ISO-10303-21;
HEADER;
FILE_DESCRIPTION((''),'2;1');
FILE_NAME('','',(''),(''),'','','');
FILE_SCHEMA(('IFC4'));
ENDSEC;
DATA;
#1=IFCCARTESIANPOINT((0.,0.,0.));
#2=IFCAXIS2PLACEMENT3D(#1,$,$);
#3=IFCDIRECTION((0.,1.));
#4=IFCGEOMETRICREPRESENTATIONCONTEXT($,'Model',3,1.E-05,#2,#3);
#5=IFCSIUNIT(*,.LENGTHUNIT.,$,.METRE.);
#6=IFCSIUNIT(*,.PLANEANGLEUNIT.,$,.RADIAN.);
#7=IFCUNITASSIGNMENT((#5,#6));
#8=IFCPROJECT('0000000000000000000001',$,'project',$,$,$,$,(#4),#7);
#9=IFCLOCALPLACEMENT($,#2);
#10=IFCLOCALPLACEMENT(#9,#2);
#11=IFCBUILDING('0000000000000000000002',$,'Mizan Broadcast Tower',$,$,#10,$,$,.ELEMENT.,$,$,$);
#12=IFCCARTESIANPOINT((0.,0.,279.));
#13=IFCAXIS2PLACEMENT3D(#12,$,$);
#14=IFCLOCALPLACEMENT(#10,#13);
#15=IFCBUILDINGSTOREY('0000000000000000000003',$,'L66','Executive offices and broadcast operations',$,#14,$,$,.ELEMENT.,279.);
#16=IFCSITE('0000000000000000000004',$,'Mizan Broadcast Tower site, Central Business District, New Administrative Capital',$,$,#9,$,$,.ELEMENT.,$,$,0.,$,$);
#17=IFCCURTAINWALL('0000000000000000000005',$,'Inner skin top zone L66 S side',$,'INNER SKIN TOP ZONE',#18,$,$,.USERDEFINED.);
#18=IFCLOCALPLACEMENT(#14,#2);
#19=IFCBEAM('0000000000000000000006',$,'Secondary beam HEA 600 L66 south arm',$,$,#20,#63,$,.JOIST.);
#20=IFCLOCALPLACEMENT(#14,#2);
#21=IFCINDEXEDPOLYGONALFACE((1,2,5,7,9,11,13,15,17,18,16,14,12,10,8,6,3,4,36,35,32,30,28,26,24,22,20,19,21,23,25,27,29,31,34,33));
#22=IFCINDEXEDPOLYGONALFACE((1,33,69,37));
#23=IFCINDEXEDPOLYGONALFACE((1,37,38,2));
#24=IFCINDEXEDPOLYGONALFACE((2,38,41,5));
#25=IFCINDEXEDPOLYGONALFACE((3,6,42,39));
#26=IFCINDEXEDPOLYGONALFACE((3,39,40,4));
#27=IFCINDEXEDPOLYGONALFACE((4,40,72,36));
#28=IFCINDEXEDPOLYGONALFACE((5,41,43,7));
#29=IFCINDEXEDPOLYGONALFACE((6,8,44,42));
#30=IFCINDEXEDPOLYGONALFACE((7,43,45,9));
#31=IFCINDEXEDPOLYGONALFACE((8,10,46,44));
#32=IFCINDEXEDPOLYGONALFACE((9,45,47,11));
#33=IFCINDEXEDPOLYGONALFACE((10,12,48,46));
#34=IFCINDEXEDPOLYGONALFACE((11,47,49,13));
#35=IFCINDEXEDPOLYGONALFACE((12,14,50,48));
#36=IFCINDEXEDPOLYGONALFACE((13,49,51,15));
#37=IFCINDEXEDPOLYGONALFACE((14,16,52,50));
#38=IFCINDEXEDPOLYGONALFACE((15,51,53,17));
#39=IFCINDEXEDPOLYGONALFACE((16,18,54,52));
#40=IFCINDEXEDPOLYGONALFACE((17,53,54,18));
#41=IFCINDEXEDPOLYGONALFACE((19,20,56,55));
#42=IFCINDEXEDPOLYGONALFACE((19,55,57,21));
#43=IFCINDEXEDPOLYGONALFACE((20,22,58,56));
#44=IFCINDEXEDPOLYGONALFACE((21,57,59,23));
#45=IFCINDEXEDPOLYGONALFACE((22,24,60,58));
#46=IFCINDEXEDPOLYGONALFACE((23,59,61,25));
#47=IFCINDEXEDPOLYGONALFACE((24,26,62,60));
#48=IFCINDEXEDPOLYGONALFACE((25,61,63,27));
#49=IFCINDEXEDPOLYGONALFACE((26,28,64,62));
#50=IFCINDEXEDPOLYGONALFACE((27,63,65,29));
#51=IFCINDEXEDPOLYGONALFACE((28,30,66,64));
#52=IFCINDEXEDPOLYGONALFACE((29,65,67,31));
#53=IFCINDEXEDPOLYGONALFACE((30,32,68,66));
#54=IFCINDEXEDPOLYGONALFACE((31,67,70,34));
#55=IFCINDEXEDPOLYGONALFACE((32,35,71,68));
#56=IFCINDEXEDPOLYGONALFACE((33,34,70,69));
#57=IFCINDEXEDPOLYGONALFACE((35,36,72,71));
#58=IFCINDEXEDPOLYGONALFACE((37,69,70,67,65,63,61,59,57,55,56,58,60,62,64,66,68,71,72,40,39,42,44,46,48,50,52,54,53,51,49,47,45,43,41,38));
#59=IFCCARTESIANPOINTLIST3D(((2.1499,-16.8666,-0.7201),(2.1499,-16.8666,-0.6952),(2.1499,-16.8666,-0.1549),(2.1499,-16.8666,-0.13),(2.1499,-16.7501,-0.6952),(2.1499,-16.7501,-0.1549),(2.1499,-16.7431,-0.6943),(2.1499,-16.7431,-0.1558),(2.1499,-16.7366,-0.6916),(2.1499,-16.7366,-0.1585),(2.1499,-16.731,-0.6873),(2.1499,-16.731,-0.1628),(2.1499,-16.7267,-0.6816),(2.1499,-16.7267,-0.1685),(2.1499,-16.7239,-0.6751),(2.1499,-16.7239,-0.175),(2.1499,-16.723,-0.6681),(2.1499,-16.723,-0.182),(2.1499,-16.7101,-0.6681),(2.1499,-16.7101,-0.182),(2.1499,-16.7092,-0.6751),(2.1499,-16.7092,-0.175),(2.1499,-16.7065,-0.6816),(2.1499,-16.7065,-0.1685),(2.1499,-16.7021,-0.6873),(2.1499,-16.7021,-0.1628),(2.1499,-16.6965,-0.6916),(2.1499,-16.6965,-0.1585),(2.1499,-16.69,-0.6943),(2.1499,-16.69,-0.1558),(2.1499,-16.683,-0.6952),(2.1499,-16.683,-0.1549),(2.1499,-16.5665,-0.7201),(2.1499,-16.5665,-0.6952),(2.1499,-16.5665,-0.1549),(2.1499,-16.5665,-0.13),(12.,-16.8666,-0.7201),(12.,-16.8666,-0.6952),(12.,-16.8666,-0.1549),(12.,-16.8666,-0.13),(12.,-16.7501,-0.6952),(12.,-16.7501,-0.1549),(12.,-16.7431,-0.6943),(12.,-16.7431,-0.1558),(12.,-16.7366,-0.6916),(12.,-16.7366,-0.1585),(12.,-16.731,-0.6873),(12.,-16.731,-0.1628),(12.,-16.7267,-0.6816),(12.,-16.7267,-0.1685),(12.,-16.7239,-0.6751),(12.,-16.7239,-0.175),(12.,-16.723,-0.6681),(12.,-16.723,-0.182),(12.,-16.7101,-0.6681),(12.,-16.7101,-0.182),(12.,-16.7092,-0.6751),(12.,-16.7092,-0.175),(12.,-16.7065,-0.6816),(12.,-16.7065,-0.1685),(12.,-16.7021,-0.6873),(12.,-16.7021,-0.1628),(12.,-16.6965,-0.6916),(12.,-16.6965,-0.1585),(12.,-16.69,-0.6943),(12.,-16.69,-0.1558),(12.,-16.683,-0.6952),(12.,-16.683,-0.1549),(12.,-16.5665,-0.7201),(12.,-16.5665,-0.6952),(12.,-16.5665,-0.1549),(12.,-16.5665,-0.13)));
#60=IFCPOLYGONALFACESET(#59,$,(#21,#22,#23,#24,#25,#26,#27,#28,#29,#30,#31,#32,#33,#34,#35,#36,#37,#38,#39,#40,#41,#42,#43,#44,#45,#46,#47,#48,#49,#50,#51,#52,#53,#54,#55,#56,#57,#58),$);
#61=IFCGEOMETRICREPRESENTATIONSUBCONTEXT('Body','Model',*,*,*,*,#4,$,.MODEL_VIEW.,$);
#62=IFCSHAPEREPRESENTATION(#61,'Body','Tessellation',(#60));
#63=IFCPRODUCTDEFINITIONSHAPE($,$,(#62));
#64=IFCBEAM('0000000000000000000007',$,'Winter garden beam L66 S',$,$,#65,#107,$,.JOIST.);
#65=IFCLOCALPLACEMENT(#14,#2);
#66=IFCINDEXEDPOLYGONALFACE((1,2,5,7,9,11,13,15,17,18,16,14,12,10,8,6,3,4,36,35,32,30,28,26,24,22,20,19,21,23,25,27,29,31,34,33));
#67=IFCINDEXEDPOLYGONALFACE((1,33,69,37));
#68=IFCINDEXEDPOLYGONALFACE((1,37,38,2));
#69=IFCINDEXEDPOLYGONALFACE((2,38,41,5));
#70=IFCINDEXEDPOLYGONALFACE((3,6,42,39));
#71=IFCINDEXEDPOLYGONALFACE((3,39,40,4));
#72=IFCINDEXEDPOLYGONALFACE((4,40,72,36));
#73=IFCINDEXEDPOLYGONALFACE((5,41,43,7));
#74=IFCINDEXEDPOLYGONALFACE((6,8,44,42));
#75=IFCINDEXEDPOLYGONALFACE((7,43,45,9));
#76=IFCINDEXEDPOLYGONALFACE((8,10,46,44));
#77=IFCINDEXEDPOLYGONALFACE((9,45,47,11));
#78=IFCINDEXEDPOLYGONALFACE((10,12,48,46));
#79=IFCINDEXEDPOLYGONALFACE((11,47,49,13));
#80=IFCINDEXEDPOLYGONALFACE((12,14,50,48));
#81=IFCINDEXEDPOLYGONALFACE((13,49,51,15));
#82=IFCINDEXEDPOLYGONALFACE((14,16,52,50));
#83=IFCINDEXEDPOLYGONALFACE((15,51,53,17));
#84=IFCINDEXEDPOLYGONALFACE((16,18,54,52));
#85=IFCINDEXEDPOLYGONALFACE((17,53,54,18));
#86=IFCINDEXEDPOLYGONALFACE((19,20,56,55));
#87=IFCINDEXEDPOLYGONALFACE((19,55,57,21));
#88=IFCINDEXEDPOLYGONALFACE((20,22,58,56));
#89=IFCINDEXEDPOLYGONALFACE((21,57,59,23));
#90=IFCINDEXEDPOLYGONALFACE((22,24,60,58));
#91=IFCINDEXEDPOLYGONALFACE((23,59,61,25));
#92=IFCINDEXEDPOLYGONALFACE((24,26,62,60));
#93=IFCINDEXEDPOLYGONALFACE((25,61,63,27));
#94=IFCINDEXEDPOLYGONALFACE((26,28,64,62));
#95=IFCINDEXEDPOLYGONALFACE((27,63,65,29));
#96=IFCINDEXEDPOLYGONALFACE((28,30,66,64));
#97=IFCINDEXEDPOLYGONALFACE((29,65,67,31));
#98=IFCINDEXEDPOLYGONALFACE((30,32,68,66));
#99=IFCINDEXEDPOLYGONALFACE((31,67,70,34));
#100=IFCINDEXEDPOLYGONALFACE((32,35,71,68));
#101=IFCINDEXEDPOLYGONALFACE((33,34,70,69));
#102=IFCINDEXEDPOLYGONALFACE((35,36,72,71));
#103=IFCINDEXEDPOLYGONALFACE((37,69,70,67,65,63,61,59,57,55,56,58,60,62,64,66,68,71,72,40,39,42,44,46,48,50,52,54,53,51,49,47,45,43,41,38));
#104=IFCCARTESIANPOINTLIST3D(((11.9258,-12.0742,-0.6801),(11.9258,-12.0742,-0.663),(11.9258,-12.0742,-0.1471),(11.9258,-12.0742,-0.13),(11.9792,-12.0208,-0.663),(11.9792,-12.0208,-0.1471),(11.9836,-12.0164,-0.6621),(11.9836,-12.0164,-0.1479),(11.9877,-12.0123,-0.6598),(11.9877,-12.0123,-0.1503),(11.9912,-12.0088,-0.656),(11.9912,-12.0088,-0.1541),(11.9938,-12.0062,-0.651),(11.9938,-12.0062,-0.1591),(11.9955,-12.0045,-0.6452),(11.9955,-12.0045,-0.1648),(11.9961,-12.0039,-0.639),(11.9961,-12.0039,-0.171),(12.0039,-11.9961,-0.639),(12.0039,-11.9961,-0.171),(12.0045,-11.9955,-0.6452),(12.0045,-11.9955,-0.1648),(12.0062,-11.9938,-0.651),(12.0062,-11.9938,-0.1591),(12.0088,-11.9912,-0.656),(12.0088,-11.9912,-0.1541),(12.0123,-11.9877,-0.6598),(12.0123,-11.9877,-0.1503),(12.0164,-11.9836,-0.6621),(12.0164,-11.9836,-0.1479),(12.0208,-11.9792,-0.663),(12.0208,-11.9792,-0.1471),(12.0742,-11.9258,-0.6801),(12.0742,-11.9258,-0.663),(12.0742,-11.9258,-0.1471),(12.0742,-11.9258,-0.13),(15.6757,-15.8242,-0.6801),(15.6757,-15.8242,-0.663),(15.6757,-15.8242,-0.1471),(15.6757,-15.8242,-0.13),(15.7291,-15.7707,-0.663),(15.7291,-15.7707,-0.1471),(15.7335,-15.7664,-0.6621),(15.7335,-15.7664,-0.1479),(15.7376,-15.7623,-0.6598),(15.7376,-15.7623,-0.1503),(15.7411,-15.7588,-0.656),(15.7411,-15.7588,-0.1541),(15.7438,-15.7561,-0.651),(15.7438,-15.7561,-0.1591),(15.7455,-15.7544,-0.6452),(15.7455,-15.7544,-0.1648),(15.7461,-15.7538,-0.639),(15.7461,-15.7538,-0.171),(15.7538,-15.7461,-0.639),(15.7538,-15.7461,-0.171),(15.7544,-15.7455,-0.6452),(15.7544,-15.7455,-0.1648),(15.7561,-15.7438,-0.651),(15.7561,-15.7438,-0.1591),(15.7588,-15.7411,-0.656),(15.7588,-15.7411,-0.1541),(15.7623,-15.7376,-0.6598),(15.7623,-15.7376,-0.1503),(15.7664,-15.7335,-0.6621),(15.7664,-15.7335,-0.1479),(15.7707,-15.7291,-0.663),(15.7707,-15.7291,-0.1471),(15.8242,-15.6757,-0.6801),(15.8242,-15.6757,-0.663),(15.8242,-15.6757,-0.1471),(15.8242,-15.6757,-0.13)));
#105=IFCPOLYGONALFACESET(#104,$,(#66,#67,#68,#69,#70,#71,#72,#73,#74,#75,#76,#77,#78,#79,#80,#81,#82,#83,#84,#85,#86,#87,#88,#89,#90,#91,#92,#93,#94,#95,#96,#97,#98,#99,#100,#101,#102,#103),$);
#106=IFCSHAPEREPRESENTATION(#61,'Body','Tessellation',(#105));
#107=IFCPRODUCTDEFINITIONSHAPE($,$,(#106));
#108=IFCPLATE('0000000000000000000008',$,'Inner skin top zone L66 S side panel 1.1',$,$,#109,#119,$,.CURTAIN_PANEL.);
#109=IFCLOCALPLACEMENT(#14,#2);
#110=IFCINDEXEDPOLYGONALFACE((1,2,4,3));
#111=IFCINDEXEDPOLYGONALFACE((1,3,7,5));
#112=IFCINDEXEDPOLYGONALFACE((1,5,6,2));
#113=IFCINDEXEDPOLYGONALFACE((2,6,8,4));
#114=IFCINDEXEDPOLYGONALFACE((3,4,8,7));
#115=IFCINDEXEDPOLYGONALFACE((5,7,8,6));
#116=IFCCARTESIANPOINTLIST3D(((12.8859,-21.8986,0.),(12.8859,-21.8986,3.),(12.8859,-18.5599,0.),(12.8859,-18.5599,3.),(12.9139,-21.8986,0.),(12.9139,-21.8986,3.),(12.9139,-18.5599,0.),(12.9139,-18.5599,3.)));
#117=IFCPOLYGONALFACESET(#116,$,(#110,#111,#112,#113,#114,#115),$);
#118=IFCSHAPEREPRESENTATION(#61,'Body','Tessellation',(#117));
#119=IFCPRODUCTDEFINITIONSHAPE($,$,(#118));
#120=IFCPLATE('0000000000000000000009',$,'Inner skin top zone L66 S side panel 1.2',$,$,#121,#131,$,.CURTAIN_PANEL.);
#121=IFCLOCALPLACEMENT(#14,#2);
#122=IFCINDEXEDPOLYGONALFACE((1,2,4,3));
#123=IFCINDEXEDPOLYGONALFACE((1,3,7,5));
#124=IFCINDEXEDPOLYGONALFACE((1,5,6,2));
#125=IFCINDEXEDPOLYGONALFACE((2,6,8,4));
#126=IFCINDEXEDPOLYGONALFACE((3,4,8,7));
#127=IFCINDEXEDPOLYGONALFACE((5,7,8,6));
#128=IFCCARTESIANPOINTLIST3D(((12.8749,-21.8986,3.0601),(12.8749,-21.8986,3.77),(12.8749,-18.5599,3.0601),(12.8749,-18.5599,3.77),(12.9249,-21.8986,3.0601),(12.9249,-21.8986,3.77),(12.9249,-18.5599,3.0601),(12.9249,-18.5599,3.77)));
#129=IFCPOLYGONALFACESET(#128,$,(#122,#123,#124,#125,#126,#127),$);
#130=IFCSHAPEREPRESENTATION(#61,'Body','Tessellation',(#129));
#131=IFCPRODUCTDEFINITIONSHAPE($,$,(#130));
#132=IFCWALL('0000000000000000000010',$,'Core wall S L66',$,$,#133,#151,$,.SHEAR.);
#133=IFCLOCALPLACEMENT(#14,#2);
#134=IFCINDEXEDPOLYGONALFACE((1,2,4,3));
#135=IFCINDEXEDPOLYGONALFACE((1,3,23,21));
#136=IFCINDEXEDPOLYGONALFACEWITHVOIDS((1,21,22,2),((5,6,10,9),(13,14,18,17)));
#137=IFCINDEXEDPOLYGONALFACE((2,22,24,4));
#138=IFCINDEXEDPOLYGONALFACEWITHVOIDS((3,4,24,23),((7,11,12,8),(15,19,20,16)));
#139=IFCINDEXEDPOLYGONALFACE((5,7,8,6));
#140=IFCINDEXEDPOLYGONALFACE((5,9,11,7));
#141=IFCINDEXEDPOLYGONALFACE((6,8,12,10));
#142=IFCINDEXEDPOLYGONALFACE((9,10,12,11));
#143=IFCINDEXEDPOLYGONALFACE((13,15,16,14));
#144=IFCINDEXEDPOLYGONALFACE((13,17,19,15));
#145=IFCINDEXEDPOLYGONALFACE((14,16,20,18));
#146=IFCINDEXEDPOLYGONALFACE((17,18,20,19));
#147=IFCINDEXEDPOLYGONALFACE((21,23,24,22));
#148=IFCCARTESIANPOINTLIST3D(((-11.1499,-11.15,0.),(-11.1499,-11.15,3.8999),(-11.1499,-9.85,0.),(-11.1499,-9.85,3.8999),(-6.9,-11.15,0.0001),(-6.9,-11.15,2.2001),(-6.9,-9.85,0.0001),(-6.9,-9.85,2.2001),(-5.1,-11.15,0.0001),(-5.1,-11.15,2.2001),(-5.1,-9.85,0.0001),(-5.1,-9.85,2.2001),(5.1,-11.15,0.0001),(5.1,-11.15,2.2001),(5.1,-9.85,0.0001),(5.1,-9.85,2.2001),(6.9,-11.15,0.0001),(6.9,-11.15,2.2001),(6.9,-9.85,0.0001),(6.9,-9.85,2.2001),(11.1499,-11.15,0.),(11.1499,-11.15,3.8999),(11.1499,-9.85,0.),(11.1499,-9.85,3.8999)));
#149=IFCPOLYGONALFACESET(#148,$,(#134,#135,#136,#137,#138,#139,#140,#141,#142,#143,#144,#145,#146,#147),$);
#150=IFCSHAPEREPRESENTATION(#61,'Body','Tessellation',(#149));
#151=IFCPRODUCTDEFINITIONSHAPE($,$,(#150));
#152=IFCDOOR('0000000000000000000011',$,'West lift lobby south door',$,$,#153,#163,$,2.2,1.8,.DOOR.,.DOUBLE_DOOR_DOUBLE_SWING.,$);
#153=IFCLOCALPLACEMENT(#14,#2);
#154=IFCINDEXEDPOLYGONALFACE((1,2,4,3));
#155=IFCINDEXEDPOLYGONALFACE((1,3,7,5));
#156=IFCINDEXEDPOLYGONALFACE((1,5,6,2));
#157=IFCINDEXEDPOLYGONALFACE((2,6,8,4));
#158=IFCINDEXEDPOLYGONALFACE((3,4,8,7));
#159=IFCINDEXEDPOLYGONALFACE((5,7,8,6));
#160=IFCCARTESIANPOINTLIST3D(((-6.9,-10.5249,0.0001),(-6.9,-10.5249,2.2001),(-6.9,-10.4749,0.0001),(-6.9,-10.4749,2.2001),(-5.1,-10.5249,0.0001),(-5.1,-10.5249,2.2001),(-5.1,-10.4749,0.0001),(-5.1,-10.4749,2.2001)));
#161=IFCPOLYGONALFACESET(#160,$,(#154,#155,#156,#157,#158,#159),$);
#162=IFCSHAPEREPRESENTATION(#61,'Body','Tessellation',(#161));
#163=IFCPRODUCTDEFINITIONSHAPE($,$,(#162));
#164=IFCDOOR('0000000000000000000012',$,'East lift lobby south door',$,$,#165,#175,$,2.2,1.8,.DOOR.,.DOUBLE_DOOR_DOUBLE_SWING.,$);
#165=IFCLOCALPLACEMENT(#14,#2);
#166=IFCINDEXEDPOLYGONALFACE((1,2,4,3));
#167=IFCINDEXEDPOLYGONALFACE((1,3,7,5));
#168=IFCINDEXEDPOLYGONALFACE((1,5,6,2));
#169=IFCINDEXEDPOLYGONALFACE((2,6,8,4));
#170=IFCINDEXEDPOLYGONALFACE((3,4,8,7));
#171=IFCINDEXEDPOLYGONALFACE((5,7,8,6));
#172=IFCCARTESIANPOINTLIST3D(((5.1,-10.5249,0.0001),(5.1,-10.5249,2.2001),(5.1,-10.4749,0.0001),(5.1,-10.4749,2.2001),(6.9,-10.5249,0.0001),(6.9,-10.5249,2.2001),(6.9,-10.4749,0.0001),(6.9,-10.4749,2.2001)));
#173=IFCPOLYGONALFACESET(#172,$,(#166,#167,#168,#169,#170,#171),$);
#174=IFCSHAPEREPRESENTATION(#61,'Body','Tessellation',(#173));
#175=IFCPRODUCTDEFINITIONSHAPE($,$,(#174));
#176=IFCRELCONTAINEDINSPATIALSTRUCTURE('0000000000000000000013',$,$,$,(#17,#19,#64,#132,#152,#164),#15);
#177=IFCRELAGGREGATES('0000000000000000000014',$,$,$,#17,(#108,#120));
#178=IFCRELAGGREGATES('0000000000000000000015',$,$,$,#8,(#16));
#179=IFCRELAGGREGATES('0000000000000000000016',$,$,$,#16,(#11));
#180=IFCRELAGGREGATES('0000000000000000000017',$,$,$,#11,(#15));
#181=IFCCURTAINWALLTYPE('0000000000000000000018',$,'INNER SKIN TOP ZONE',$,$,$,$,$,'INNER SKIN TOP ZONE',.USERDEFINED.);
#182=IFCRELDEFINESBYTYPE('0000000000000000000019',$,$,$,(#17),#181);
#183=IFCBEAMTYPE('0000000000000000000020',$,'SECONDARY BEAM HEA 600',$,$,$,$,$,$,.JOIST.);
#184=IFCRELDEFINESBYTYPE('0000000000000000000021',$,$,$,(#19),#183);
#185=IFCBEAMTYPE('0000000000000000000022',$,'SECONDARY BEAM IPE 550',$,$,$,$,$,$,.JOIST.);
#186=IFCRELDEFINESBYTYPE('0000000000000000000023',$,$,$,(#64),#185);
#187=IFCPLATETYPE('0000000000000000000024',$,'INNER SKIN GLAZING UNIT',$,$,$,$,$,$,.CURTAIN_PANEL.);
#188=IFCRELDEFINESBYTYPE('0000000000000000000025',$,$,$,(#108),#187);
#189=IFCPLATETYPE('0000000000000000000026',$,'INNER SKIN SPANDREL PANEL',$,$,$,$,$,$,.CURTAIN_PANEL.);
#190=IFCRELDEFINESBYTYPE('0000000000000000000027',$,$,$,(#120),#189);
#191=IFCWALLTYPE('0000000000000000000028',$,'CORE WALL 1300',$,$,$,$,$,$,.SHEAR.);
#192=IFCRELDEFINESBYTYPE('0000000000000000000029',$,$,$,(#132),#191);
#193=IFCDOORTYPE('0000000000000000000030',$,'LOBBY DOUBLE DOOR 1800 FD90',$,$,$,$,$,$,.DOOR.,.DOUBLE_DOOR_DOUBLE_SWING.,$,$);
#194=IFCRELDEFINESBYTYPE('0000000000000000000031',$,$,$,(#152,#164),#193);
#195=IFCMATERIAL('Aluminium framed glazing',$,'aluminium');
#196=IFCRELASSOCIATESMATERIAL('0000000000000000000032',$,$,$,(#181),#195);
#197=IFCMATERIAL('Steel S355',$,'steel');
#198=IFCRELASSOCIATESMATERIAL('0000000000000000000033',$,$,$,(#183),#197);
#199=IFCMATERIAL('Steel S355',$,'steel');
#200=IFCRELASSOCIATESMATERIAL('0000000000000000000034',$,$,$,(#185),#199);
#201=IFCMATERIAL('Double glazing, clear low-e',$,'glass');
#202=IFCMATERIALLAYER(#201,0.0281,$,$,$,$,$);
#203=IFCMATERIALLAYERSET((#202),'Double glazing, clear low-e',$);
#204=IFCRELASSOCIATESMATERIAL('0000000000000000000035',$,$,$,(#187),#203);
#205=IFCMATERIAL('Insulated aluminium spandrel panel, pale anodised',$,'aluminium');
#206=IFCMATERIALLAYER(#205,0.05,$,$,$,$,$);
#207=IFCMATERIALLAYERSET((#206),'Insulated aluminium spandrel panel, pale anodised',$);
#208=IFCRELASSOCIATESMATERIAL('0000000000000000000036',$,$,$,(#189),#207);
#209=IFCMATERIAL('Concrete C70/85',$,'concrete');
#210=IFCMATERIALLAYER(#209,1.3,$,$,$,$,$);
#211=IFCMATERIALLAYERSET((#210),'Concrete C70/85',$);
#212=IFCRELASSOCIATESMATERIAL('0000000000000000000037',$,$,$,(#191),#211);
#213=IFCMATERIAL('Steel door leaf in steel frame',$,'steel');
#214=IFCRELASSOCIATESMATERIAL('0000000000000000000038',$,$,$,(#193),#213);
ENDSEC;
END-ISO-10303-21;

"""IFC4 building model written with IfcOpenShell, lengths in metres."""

from ifc_helpers import new_model, si_unit, direction, frame, frame_2d, origin, origin_2d, place, context, subcontext, project, spatial, rectangle, i_section, extrude, material, layer, layer_set, material_profile, profile_set, type_object, element, fill, aggregate, save


model = new_model("IFC4")

# Units and contexts
model_context = context("Model", 3, precision=1e-05, world=origin(), true_north=direction((0.0, 1.0)))
body_context = subcontext(model_context, "Body", "Model", "MODEL_VIEW")
ifc_project = project(units=[si_unit("LENGTHUNIT", "METRE"), si_unit("PLANEANGLEUNIT", "RADIAN")], contexts=[model_context])

# Site, building, storey
site_placement = place(None, origin())
site = spatial("IfcSite", under=ifc_project, at=site_placement, Name="Mizan Broadcast Tower site, Central Business District, New Administrative Capital", CompositionType="ELEMENT", RefElevation=0.0)
building_placement = place(site_placement, origin())
building = spatial("IfcBuilding", under=site, at=building_placement, Name="Mizan Broadcast Tower", CompositionType="ELEMENT")
storey_placement = place(building_placement, frame((0.0, 0.0, 279.0)))
storey = spatial("IfcBuildingStorey", under=building, at=storey_placement, Name="L66", Description="Executive offices and broadcast operations", CompositionType="ELEMENT", Elevation=279.0)

# Curtain wall
ifc_material_1 = material(Name="Aluminium framed glazing", Category="aluminium")
curtain_wall_type = type_object("IfcCurtainWallType", Name="INNER SKIN TOP ZONE", ElementType="INNER SKIN TOP ZONE", PredefinedType="USERDEFINED", material=ifc_material_1)
curtain_wall_placement = place(storey_placement, origin())
curtain_wall = element("IfcCurtainWall", 1, at=curtain_wall_placement, inside=storey, type_object=curtain_wall_type, Name="Inner skin top zone L66 S side", ObjectType="INNER SKIN TOP ZONE", PredefinedType="USERDEFINED")

# Beams
ifc_material_2 = material(Name="Steel S355", Category="steel")
ifc_material_profile_1 = material_profile(ifc_material_2, i_section(OverallWidth=0.3, OverallDepth=0.5901, WebThickness=0.0129, FlangeThickness=0.0249, FilletRadius=0.0271, at=origin_2d()), Name="HEA 600")
ifc_profile_set_1 = profile_set([ifc_material_profile_1], Name="Steel S355")
beam_type_1 = type_object("IfcBeamType", Name="SECONDARY BEAM HEA 600", PredefinedType="JOIST", material=ifc_profile_set_1)
for number, where, z_axis, x_axis, name in (
    (2, (12.0, -16.7166, -0.425), (-1.0, 0.0, 0.0), (0.0, -1.0, 0.0), "Secondary beam HEA 600 L66 south arm"),
):
    element("IfcBeam", number, at=place(storey_placement, frame(where, z_axis=z_axis, x_axis=x_axis)), inside=storey, type_object=beam_type_1, Name=name, PredefinedType="JOIST", context=body_context, shape_type="SweptSolid", body=[
        extrude(i_section(OverallWidth=0.3, OverallDepth=0.5901, WebThickness=0.0129, FlangeThickness=0.0249, FilletRadius=0.0271, at=origin_2d()), origin(), (0.0, 0.0, 1.0), 9.8501),
    ])
ifc_material_3 = material(Name="Steel S355", Category="steel")
ifc_material_profile_2 = material_profile(ifc_material_3, i_section(OverallWidth=0.21, OverallDepth=0.55, WebThickness=0.011, FlangeThickness=0.0171, FilletRadius=0.0239, at=origin_2d()), Name="IPE 550")
ifc_profile_set_2 = profile_set([ifc_material_profile_2], Name="Steel S355")
beam_type_2 = type_object("IfcBeamType", Name="SECONDARY BEAM IPE 550", PredefinedType="JOIST", material=ifc_profile_set_2)
beam_1_placement = place(storey_placement, frame((12.0, -12.0, -0.405), z_axis=(0.707107, -0.707107, 0.0), x_axis=(0.707107, 0.707107, 0.0)))
element("IfcBeam", 3, at=beam_1_placement, inside=storey, type_object=beam_type_2, Name="Winter garden beam L66 S", PredefinedType="JOIST", context=body_context, shape_type="SweptSolid", body=[
    extrude(i_section(OverallWidth=0.21, OverallDepth=0.55, WebThickness=0.011, FlangeThickness=0.0171, FilletRadius=0.0239, at=origin_2d()), origin(), (0.0, 0.0, 1.0), 5.3032),
])

# Plates
ifc_material_4 = material(Name="Double glazing, clear low-e", Category="glass")
ifc_layer_1 = layer(ifc_material_4, 0.0281)
ifc_layer_set_1 = layer_set([ifc_layer_1], Name="Double glazing, clear low-e")
plate_type_1 = type_object("IfcPlateType", Name="INNER SKIN GLAZING UNIT", PredefinedType="CURTAIN_PANEL", material=ifc_layer_set_1)
plate_1_placement = place(storey_placement, frame((12.8999, -20.2292, 0.0), z_axis=(0.0, 0.0, 1.0), x_axis=(0.0, 1.0, 0.0)))
plate_1 = element("IfcPlate", 4, at=plate_1_placement, type_object=plate_type_1, Name="Inner skin top zone L66 S side panel 1.1", PredefinedType="CURTAIN_PANEL", context=body_context, shape_type="SweptSolid", body=[
    extrude(rectangle(XDim=3.3386, YDim=0.0281, at=origin_2d()), origin(), (0.0, 0.0, 1.0), 3.0),
])
ifc_material_5 = material(Name="Insulated aluminium spandrel panel, pale anodised", Category="aluminium")
ifc_layer_2 = layer(ifc_material_5, 0.05)
ifc_layer_set_2 = layer_set([ifc_layer_2], Name="Insulated aluminium spandrel panel, pale anodised")
plate_type_2 = type_object("IfcPlateType", Name="INNER SKIN SPANDREL PANEL", PredefinedType="CURTAIN_PANEL", material=ifc_layer_set_2)
plate_2_placement = place(storey_placement, frame((12.8999, -20.2292, 3.0601), z_axis=(0.0, 0.0, 1.0), x_axis=(0.0, 1.0, 0.0)))
plate_2 = element("IfcPlate", 5, at=plate_2_placement, type_object=plate_type_2, Name="Inner skin top zone L66 S side panel 1.2", PredefinedType="CURTAIN_PANEL", context=body_context, shape_type="SweptSolid", body=[
    extrude(rectangle(XDim=3.3386, YDim=0.05, at=origin_2d()), origin(), (0.0, 0.0, 1.0), 0.71),
])
aggregate(curtain_wall, [plate_1, plate_2])

# Wall, openings, doors
ifc_material_6 = material(Name="Concrete C70/85", Category="concrete")
ifc_layer_3 = layer(ifc_material_6, 1.3)
ifc_layer_set_3 = layer_set([ifc_layer_3], Name="Concrete C70/85")
wall_type_1 = type_object("IfcWallType", Name="CORE WALL 1300", PredefinedType="SHEAR", material=ifc_layer_set_3)
wall_1_placement = place(storey_placement, frame((11.1499, -10.5, 0.0), z_axis=(0.0, 0.0, 1.0), x_axis=(-1.0, 0.0, 0.0)))
wall_1 = element("IfcWall", 6, at=wall_1_placement, inside=storey, type_object=wall_type_1, Name="Core wall S L66", PredefinedType="SHEAR", context=body_context, shape_type="SweptSolid", body=[
    extrude(rectangle(XDim=22.2998, YDim=1.3, at=frame_2d((11.1499, 0.0))), origin(), (0.0, 0.0, 1.0), 3.8999),
])
opening_1_placement = place(wall_1_placement, frame((16.25, 0.0, 0.0)))
opening_1 = element("IfcOpeningElement", 7, at=opening_1_placement, cuts=wall_1, PredefinedType="OPENING", context=body_context, shape_type="SweptSolid", body=[
    extrude(rectangle(XDim=1.8, YDim=2.2, at=frame_2d((0.8999, 1.1001))), frame((0.0, 0.6599, 0.0), z_axis=(0.0, -1.0, 0.0), x_axis=(1.0, 0.0, 0.0)), (0.0, 0.0, 1.0), 1.3201),
])
opening_2_placement = place(wall_1_placement, frame((4.25, 0.0, 0.0)))
opening_2 = element("IfcOpeningElement", 8, at=opening_2_placement, cuts=wall_1, PredefinedType="OPENING", context=body_context, shape_type="SweptSolid", body=[
    extrude(rectangle(XDim=1.8, YDim=2.2, at=frame_2d((0.8999, 1.1001))), frame((0.0, 0.6599, 0.0), z_axis=(0.0, -1.0, 0.0), x_axis=(1.0, 0.0, 0.0)), (0.0, 0.0, 1.0), 1.3201),
])
ifc_material_7 = material(Name="Steel door leaf in steel frame", Category="steel")
door_type_1 = type_object("IfcDoorType", Name="LOBBY DOUBLE DOOR 1800 FD90", OperationType="DOUBLE_DOOR_DOUBLE_SWING", PredefinedType="DOOR", material=ifc_material_7)
door_1_placement = place(opening_1_placement, origin())
door_1 = element("IfcDoor", 9, at=door_1_placement, inside=storey, type_object=door_type_1, Name="West lift lobby south door", OperationType="DOUBLE_DOOR_DOUBLE_SWING", OverallHeight=2.2, OverallWidth=1.8, PredefinedType="DOOR", context=body_context, shape_type="SweptSolid", body=[
    extrude(rectangle(XDim=1.8, YDim=2.2, at=frame_2d((0.8999, 1.1001))), frame((0.0, 0.0249, 0.0), z_axis=(0.0, -1.0, 0.0), x_axis=(1.0, 0.0, 0.0)), (0.0, 0.0, 1.0), 0.05),
])
fill(opening_1, door_1)
door_2_placement = place(opening_2_placement, origin())
door_2 = element("IfcDoor", 10, at=door_2_placement, inside=storey, type_object=door_type_1, Name="East lift lobby south door", OperationType="DOUBLE_DOOR_DOUBLE_SWING", OverallHeight=2.2, OverallWidth=1.8, PredefinedType="DOOR", context=body_context, shape_type="SweptSolid", body=[
    extrude(rectangle(XDim=1.8, YDim=2.2, at=frame_2d((0.8999, 1.1001))), frame((0.0, 0.0249, 0.0), z_axis=(0.0, -1.0, 0.0), x_axis=(1.0, 0.0, 0.0)), (0.0, 0.0, 1.0), 0.05),
])
fill(opening_2, door_2)

save(model, "model.ifc")
